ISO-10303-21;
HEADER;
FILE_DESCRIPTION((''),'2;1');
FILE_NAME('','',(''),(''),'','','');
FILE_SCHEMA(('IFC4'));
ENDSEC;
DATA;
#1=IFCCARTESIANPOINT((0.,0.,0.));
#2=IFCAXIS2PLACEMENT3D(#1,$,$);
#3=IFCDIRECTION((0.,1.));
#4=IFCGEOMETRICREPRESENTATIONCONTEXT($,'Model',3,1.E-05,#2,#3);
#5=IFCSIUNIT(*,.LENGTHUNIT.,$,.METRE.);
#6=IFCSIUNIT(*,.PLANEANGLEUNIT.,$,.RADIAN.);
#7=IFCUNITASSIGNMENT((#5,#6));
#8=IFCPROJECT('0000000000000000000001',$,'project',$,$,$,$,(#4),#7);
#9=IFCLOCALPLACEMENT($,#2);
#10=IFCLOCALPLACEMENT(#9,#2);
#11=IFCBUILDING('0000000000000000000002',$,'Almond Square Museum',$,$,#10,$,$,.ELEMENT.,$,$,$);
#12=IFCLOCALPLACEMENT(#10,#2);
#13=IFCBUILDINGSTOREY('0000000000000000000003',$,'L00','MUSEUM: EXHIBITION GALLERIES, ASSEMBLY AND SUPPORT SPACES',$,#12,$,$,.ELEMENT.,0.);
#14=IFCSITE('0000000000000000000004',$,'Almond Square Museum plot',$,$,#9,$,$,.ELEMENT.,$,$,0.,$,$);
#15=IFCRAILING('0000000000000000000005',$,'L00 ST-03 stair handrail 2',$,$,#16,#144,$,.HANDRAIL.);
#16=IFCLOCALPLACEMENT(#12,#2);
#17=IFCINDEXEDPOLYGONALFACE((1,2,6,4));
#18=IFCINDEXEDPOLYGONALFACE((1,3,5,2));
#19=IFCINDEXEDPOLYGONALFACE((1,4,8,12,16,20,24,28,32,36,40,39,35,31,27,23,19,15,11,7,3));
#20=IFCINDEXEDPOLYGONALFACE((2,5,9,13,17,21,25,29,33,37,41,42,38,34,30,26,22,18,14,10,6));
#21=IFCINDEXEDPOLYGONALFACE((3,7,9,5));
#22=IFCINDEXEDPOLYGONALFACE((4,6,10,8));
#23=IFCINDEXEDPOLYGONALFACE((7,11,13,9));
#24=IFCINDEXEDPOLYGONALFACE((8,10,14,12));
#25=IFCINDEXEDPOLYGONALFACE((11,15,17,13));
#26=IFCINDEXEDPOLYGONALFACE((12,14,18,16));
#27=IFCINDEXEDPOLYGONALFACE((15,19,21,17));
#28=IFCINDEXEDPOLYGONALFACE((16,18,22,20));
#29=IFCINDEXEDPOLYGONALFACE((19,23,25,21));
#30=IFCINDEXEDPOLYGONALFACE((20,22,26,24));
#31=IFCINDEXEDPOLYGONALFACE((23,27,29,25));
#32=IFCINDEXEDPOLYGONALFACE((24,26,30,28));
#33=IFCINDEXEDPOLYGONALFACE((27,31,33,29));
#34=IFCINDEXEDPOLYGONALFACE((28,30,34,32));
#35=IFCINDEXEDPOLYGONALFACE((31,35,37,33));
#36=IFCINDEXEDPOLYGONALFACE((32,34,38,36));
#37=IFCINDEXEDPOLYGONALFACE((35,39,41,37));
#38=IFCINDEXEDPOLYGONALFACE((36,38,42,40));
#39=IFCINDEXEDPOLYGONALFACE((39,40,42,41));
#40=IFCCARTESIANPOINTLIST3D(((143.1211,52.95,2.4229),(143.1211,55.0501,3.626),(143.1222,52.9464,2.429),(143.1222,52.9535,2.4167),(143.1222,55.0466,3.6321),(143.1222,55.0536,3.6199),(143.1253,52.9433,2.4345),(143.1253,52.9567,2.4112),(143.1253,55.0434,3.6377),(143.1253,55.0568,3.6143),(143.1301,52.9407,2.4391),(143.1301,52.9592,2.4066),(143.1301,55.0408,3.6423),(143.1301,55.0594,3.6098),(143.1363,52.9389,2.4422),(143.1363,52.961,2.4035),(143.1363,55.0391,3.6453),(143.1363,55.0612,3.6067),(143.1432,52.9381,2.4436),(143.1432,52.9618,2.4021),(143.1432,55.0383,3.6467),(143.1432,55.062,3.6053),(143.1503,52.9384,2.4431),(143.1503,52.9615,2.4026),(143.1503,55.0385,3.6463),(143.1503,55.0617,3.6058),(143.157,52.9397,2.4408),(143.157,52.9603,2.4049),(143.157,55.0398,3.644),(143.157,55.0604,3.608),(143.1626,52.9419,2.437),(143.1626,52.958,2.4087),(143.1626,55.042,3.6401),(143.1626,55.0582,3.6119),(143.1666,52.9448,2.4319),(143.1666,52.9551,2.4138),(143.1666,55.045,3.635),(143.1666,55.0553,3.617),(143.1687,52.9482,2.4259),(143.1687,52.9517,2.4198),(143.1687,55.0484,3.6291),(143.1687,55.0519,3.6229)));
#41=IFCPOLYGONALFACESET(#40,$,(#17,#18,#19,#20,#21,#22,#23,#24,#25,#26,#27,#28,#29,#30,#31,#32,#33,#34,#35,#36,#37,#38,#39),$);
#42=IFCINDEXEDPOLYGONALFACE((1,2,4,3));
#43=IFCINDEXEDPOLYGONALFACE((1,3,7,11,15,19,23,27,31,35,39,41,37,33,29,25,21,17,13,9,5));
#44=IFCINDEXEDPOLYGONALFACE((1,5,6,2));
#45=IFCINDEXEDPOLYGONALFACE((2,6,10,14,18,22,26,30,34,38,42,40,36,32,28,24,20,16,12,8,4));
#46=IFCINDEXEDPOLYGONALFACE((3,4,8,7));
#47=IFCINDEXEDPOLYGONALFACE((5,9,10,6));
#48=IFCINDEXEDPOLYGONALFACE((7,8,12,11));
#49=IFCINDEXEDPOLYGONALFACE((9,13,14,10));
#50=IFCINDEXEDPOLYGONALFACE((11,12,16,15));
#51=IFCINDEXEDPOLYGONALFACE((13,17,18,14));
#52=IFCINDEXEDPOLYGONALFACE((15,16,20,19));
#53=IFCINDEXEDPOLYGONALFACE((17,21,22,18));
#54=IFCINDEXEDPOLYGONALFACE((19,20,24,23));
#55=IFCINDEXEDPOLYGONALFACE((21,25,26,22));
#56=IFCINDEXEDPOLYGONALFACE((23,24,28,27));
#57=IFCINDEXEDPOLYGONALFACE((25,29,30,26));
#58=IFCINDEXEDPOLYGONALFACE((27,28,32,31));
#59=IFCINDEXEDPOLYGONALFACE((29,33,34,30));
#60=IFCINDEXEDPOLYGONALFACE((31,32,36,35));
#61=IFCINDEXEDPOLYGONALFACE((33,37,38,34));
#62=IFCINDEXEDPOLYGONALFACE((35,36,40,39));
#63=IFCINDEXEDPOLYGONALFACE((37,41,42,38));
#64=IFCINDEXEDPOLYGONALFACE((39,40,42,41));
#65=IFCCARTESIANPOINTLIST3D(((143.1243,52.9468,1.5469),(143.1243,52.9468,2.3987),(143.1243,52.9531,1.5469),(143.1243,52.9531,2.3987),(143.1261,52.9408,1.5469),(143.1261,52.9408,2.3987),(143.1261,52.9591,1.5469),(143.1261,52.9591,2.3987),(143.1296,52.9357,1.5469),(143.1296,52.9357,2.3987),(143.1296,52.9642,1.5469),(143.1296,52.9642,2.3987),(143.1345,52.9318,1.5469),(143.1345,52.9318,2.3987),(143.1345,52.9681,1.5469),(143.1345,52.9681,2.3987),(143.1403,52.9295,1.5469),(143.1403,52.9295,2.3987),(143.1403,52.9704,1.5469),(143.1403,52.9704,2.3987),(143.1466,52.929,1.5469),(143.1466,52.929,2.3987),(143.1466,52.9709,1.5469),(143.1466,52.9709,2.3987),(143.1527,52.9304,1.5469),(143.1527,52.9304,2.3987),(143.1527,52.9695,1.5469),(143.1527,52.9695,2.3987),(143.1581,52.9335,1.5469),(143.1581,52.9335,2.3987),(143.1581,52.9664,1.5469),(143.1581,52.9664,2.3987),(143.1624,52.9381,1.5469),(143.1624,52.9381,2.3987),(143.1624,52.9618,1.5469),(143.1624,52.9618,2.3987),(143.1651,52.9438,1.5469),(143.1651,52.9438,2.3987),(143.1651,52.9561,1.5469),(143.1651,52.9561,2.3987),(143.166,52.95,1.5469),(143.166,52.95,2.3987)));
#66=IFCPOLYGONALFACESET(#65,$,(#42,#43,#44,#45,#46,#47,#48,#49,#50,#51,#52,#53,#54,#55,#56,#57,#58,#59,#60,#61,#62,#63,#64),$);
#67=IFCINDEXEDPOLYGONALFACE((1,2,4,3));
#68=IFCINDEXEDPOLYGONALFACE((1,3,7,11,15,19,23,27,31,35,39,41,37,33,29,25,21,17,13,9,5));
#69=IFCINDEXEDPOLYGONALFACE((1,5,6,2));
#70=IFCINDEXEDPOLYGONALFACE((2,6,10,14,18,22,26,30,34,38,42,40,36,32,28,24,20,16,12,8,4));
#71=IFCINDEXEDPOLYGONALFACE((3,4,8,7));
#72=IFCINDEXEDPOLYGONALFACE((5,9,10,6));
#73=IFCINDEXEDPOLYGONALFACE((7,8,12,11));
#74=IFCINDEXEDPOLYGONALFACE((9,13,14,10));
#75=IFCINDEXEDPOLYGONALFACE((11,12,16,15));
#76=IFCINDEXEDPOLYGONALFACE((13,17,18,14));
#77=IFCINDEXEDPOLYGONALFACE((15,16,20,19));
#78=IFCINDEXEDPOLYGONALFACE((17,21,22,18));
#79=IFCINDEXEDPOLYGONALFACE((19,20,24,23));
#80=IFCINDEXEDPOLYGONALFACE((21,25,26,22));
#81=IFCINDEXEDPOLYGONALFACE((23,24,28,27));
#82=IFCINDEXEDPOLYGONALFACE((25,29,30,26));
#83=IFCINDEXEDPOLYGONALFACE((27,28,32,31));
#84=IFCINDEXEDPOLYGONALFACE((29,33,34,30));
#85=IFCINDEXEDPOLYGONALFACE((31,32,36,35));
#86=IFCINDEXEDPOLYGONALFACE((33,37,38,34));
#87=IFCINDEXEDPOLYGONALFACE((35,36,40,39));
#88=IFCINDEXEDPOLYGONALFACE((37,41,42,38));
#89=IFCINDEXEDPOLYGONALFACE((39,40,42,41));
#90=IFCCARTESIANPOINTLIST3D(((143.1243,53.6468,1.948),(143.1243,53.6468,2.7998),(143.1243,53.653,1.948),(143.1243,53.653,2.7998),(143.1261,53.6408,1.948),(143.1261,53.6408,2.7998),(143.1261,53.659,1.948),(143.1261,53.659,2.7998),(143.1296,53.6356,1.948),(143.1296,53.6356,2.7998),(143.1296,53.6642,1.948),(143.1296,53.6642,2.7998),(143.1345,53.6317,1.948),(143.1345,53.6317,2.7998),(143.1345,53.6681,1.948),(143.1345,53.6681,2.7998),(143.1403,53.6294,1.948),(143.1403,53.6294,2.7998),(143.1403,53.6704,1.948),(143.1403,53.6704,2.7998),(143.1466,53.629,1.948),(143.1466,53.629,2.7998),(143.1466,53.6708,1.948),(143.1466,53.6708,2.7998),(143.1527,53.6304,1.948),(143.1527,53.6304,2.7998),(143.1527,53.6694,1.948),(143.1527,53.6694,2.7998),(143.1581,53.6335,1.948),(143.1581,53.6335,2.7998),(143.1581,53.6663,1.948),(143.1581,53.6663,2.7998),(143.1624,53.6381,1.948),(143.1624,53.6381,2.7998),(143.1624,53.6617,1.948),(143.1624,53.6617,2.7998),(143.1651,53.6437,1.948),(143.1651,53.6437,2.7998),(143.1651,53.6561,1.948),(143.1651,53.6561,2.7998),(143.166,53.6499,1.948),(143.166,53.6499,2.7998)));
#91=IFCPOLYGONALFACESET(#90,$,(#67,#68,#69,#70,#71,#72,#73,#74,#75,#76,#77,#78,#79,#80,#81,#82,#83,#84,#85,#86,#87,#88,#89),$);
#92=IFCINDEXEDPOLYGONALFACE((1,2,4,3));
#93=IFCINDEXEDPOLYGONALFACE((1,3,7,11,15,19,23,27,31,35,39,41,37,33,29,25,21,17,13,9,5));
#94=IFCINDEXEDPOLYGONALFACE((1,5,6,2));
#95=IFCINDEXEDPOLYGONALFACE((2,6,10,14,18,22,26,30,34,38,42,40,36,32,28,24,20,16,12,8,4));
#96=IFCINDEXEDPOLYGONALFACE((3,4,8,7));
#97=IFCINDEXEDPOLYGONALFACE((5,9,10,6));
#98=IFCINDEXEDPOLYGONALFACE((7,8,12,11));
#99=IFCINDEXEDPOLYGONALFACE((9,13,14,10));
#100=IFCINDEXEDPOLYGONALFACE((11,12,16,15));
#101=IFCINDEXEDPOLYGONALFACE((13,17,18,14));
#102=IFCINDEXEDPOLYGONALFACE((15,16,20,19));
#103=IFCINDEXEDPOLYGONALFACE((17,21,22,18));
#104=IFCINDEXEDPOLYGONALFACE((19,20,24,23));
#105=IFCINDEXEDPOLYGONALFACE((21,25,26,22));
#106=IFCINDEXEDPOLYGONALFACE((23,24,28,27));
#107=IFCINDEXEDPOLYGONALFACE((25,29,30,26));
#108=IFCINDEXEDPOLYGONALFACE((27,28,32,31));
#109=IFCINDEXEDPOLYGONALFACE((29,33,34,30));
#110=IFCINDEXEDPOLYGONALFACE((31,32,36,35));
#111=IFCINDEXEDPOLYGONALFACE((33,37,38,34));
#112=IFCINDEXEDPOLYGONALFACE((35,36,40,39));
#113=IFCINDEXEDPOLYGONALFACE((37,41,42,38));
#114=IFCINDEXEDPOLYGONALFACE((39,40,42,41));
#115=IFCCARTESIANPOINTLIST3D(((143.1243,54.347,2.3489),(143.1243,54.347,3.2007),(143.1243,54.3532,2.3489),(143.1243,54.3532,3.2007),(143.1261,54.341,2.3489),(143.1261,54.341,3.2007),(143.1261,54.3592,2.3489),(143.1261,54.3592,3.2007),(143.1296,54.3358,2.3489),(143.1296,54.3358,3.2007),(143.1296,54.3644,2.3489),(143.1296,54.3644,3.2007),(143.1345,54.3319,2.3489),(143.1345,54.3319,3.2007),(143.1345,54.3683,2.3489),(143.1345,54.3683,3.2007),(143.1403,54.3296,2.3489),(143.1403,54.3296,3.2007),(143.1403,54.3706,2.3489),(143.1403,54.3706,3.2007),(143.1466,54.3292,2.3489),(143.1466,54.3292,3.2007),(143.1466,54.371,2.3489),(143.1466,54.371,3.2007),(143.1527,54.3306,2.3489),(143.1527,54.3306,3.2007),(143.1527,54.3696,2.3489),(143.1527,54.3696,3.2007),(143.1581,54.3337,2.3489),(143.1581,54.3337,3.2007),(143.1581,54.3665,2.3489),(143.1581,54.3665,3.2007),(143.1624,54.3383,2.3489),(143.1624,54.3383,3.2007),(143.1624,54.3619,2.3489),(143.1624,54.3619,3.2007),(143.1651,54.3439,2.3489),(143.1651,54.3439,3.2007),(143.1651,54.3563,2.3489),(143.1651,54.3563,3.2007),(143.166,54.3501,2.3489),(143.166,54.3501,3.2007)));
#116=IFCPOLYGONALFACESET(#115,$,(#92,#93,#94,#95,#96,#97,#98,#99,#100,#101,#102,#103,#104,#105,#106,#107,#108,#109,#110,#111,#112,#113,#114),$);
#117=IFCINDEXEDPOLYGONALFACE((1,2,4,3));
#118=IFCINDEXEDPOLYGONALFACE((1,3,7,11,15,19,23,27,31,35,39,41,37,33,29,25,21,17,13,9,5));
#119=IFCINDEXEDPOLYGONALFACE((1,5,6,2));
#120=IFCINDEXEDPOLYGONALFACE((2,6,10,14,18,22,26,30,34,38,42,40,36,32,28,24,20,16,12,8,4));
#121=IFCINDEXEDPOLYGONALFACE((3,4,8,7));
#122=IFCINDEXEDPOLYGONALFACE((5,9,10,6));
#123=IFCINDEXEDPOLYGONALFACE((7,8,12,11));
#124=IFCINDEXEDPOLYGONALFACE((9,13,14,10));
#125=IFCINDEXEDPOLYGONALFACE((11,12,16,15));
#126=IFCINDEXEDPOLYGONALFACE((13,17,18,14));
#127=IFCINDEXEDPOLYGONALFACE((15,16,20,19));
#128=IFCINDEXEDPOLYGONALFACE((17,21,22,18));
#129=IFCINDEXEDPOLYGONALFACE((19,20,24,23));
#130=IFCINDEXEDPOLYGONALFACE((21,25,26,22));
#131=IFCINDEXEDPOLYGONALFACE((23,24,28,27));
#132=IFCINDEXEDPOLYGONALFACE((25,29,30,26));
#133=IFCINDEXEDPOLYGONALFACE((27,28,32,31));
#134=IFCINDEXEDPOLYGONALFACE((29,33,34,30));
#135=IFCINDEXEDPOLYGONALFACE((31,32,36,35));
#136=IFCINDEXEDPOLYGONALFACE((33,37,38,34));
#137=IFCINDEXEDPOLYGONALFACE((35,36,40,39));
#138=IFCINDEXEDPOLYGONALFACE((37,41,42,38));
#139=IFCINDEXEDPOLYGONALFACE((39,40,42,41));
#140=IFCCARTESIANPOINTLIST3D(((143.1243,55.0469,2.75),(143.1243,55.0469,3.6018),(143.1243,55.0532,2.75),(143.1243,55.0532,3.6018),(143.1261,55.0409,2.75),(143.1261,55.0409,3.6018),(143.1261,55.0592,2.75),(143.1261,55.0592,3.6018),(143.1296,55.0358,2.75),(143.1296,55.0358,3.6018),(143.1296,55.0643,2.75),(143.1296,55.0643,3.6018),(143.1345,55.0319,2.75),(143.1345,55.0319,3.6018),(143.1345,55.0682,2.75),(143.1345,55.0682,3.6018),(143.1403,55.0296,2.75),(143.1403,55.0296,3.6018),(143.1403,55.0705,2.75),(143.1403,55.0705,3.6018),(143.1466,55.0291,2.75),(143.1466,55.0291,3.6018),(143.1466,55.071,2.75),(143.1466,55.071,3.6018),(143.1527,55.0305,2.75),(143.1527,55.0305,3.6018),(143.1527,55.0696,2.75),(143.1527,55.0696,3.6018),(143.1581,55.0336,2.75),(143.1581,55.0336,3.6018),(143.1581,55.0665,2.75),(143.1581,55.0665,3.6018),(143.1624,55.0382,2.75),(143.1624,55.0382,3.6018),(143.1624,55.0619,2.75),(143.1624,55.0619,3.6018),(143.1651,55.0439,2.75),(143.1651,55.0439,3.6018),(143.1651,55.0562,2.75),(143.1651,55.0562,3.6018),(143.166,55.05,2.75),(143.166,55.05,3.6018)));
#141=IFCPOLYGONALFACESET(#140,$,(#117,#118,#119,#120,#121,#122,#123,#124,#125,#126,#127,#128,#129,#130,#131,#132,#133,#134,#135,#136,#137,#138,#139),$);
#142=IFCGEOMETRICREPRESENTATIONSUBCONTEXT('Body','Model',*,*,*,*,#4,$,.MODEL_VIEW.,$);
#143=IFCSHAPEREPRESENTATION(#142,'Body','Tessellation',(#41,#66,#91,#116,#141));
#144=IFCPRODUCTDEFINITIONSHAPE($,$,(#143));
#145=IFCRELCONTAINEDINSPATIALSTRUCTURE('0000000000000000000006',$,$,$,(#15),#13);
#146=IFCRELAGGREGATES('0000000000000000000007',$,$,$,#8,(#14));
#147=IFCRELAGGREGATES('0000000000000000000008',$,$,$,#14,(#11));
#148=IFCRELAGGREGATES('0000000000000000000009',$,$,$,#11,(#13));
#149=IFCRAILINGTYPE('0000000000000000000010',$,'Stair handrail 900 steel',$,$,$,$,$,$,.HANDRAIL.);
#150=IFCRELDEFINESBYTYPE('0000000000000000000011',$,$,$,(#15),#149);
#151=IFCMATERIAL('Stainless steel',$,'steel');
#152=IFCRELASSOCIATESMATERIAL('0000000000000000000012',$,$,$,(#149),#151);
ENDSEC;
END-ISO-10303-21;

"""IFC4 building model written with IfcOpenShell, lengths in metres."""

from ifc_helpers import new_model, si_unit, direction, frame, origin, origin_2d, place, context, subcontext, project, spatial, circle, extrude, material, type_object, element, save


model = new_model("IFC4")

# Units and contexts
model_context = context("Model", 3, precision=1e-05, world=origin(), true_north=direction((0.0, 1.0)))
body_context = subcontext(model_context, "Body", "Model", "MODEL_VIEW")
ifc_project = project(units=[si_unit("LENGTHUNIT", "METRE"), si_unit("PLANEANGLEUNIT", "RADIAN")], contexts=[model_context])

# Site, building, storey
site_placement = place(None, origin())
site = spatial("IfcSite", under=ifc_project, at=site_placement, Name="Almond Square Museum plot", CompositionType="ELEMENT", RefElevation=0.0)
building_placement = place(site_placement, origin())
building = spatial("IfcBuilding", under=site, at=building_placement, Name="Almond Square Museum", CompositionType="ELEMENT")
storey_placement = place(building_placement, origin())
storey = spatial("IfcBuildingStorey", under=building, at=storey_placement, Name="L00", Description="MUSEUM: EXHIBITION GALLERIES, ASSEMBLY AND SUPPORT SPACES", CompositionType="ELEMENT", Elevation=0.0)

# Railing
ifc_material_1 = material(Name="Stainless steel", Category="steel")
railing_type_1 = type_object("IfcRailingType", Name="Stair handrail 900 steel", PredefinedType="HANDRAIL", material=ifc_material_1)
for number, where, name in (
    (1, (143.145, 52.95, 1.5469), "L00 ST-03 stair handrail 2"),
):
    element("IfcRailing", number, at=place(storey_placement, frame(where)), inside=storey, type_object=railing_type_1, Name=name, PredefinedType="HANDRAIL", context=body_context, shape_type="SweptSolid", body=[
        extrude(circle(Radius=0.0239, at=origin_2d()), frame((0.0, 0.0, 0.876), z_axis=(0.0, 0.867696, 0.497095), x_axis=(-1.0, 0.0, 0.0)), (0.0, 0.0, 1.0), 2.4204),
        extrude(circle(Radius=0.021, at=origin_2d()), origin(), (0.0, 0.0, 1.0), 0.8518),
        extrude(circle(Radius=0.021, at=origin_2d()), frame((0.0, 0.7, 0.4011)), (0.0, 0.0, 1.0), 0.8518),
        extrude(circle(Radius=0.021, at=origin_2d()), frame((0.0, 1.4001, 0.802)), (0.0, 0.0, 1.0), 0.8518),
        extrude(circle(Radius=0.021, at=origin_2d()), frame((0.0, 2.1001, 1.2031)), (0.0, 0.0, 1.0), 0.8518),
    ])

save(model, "model.ifc")
